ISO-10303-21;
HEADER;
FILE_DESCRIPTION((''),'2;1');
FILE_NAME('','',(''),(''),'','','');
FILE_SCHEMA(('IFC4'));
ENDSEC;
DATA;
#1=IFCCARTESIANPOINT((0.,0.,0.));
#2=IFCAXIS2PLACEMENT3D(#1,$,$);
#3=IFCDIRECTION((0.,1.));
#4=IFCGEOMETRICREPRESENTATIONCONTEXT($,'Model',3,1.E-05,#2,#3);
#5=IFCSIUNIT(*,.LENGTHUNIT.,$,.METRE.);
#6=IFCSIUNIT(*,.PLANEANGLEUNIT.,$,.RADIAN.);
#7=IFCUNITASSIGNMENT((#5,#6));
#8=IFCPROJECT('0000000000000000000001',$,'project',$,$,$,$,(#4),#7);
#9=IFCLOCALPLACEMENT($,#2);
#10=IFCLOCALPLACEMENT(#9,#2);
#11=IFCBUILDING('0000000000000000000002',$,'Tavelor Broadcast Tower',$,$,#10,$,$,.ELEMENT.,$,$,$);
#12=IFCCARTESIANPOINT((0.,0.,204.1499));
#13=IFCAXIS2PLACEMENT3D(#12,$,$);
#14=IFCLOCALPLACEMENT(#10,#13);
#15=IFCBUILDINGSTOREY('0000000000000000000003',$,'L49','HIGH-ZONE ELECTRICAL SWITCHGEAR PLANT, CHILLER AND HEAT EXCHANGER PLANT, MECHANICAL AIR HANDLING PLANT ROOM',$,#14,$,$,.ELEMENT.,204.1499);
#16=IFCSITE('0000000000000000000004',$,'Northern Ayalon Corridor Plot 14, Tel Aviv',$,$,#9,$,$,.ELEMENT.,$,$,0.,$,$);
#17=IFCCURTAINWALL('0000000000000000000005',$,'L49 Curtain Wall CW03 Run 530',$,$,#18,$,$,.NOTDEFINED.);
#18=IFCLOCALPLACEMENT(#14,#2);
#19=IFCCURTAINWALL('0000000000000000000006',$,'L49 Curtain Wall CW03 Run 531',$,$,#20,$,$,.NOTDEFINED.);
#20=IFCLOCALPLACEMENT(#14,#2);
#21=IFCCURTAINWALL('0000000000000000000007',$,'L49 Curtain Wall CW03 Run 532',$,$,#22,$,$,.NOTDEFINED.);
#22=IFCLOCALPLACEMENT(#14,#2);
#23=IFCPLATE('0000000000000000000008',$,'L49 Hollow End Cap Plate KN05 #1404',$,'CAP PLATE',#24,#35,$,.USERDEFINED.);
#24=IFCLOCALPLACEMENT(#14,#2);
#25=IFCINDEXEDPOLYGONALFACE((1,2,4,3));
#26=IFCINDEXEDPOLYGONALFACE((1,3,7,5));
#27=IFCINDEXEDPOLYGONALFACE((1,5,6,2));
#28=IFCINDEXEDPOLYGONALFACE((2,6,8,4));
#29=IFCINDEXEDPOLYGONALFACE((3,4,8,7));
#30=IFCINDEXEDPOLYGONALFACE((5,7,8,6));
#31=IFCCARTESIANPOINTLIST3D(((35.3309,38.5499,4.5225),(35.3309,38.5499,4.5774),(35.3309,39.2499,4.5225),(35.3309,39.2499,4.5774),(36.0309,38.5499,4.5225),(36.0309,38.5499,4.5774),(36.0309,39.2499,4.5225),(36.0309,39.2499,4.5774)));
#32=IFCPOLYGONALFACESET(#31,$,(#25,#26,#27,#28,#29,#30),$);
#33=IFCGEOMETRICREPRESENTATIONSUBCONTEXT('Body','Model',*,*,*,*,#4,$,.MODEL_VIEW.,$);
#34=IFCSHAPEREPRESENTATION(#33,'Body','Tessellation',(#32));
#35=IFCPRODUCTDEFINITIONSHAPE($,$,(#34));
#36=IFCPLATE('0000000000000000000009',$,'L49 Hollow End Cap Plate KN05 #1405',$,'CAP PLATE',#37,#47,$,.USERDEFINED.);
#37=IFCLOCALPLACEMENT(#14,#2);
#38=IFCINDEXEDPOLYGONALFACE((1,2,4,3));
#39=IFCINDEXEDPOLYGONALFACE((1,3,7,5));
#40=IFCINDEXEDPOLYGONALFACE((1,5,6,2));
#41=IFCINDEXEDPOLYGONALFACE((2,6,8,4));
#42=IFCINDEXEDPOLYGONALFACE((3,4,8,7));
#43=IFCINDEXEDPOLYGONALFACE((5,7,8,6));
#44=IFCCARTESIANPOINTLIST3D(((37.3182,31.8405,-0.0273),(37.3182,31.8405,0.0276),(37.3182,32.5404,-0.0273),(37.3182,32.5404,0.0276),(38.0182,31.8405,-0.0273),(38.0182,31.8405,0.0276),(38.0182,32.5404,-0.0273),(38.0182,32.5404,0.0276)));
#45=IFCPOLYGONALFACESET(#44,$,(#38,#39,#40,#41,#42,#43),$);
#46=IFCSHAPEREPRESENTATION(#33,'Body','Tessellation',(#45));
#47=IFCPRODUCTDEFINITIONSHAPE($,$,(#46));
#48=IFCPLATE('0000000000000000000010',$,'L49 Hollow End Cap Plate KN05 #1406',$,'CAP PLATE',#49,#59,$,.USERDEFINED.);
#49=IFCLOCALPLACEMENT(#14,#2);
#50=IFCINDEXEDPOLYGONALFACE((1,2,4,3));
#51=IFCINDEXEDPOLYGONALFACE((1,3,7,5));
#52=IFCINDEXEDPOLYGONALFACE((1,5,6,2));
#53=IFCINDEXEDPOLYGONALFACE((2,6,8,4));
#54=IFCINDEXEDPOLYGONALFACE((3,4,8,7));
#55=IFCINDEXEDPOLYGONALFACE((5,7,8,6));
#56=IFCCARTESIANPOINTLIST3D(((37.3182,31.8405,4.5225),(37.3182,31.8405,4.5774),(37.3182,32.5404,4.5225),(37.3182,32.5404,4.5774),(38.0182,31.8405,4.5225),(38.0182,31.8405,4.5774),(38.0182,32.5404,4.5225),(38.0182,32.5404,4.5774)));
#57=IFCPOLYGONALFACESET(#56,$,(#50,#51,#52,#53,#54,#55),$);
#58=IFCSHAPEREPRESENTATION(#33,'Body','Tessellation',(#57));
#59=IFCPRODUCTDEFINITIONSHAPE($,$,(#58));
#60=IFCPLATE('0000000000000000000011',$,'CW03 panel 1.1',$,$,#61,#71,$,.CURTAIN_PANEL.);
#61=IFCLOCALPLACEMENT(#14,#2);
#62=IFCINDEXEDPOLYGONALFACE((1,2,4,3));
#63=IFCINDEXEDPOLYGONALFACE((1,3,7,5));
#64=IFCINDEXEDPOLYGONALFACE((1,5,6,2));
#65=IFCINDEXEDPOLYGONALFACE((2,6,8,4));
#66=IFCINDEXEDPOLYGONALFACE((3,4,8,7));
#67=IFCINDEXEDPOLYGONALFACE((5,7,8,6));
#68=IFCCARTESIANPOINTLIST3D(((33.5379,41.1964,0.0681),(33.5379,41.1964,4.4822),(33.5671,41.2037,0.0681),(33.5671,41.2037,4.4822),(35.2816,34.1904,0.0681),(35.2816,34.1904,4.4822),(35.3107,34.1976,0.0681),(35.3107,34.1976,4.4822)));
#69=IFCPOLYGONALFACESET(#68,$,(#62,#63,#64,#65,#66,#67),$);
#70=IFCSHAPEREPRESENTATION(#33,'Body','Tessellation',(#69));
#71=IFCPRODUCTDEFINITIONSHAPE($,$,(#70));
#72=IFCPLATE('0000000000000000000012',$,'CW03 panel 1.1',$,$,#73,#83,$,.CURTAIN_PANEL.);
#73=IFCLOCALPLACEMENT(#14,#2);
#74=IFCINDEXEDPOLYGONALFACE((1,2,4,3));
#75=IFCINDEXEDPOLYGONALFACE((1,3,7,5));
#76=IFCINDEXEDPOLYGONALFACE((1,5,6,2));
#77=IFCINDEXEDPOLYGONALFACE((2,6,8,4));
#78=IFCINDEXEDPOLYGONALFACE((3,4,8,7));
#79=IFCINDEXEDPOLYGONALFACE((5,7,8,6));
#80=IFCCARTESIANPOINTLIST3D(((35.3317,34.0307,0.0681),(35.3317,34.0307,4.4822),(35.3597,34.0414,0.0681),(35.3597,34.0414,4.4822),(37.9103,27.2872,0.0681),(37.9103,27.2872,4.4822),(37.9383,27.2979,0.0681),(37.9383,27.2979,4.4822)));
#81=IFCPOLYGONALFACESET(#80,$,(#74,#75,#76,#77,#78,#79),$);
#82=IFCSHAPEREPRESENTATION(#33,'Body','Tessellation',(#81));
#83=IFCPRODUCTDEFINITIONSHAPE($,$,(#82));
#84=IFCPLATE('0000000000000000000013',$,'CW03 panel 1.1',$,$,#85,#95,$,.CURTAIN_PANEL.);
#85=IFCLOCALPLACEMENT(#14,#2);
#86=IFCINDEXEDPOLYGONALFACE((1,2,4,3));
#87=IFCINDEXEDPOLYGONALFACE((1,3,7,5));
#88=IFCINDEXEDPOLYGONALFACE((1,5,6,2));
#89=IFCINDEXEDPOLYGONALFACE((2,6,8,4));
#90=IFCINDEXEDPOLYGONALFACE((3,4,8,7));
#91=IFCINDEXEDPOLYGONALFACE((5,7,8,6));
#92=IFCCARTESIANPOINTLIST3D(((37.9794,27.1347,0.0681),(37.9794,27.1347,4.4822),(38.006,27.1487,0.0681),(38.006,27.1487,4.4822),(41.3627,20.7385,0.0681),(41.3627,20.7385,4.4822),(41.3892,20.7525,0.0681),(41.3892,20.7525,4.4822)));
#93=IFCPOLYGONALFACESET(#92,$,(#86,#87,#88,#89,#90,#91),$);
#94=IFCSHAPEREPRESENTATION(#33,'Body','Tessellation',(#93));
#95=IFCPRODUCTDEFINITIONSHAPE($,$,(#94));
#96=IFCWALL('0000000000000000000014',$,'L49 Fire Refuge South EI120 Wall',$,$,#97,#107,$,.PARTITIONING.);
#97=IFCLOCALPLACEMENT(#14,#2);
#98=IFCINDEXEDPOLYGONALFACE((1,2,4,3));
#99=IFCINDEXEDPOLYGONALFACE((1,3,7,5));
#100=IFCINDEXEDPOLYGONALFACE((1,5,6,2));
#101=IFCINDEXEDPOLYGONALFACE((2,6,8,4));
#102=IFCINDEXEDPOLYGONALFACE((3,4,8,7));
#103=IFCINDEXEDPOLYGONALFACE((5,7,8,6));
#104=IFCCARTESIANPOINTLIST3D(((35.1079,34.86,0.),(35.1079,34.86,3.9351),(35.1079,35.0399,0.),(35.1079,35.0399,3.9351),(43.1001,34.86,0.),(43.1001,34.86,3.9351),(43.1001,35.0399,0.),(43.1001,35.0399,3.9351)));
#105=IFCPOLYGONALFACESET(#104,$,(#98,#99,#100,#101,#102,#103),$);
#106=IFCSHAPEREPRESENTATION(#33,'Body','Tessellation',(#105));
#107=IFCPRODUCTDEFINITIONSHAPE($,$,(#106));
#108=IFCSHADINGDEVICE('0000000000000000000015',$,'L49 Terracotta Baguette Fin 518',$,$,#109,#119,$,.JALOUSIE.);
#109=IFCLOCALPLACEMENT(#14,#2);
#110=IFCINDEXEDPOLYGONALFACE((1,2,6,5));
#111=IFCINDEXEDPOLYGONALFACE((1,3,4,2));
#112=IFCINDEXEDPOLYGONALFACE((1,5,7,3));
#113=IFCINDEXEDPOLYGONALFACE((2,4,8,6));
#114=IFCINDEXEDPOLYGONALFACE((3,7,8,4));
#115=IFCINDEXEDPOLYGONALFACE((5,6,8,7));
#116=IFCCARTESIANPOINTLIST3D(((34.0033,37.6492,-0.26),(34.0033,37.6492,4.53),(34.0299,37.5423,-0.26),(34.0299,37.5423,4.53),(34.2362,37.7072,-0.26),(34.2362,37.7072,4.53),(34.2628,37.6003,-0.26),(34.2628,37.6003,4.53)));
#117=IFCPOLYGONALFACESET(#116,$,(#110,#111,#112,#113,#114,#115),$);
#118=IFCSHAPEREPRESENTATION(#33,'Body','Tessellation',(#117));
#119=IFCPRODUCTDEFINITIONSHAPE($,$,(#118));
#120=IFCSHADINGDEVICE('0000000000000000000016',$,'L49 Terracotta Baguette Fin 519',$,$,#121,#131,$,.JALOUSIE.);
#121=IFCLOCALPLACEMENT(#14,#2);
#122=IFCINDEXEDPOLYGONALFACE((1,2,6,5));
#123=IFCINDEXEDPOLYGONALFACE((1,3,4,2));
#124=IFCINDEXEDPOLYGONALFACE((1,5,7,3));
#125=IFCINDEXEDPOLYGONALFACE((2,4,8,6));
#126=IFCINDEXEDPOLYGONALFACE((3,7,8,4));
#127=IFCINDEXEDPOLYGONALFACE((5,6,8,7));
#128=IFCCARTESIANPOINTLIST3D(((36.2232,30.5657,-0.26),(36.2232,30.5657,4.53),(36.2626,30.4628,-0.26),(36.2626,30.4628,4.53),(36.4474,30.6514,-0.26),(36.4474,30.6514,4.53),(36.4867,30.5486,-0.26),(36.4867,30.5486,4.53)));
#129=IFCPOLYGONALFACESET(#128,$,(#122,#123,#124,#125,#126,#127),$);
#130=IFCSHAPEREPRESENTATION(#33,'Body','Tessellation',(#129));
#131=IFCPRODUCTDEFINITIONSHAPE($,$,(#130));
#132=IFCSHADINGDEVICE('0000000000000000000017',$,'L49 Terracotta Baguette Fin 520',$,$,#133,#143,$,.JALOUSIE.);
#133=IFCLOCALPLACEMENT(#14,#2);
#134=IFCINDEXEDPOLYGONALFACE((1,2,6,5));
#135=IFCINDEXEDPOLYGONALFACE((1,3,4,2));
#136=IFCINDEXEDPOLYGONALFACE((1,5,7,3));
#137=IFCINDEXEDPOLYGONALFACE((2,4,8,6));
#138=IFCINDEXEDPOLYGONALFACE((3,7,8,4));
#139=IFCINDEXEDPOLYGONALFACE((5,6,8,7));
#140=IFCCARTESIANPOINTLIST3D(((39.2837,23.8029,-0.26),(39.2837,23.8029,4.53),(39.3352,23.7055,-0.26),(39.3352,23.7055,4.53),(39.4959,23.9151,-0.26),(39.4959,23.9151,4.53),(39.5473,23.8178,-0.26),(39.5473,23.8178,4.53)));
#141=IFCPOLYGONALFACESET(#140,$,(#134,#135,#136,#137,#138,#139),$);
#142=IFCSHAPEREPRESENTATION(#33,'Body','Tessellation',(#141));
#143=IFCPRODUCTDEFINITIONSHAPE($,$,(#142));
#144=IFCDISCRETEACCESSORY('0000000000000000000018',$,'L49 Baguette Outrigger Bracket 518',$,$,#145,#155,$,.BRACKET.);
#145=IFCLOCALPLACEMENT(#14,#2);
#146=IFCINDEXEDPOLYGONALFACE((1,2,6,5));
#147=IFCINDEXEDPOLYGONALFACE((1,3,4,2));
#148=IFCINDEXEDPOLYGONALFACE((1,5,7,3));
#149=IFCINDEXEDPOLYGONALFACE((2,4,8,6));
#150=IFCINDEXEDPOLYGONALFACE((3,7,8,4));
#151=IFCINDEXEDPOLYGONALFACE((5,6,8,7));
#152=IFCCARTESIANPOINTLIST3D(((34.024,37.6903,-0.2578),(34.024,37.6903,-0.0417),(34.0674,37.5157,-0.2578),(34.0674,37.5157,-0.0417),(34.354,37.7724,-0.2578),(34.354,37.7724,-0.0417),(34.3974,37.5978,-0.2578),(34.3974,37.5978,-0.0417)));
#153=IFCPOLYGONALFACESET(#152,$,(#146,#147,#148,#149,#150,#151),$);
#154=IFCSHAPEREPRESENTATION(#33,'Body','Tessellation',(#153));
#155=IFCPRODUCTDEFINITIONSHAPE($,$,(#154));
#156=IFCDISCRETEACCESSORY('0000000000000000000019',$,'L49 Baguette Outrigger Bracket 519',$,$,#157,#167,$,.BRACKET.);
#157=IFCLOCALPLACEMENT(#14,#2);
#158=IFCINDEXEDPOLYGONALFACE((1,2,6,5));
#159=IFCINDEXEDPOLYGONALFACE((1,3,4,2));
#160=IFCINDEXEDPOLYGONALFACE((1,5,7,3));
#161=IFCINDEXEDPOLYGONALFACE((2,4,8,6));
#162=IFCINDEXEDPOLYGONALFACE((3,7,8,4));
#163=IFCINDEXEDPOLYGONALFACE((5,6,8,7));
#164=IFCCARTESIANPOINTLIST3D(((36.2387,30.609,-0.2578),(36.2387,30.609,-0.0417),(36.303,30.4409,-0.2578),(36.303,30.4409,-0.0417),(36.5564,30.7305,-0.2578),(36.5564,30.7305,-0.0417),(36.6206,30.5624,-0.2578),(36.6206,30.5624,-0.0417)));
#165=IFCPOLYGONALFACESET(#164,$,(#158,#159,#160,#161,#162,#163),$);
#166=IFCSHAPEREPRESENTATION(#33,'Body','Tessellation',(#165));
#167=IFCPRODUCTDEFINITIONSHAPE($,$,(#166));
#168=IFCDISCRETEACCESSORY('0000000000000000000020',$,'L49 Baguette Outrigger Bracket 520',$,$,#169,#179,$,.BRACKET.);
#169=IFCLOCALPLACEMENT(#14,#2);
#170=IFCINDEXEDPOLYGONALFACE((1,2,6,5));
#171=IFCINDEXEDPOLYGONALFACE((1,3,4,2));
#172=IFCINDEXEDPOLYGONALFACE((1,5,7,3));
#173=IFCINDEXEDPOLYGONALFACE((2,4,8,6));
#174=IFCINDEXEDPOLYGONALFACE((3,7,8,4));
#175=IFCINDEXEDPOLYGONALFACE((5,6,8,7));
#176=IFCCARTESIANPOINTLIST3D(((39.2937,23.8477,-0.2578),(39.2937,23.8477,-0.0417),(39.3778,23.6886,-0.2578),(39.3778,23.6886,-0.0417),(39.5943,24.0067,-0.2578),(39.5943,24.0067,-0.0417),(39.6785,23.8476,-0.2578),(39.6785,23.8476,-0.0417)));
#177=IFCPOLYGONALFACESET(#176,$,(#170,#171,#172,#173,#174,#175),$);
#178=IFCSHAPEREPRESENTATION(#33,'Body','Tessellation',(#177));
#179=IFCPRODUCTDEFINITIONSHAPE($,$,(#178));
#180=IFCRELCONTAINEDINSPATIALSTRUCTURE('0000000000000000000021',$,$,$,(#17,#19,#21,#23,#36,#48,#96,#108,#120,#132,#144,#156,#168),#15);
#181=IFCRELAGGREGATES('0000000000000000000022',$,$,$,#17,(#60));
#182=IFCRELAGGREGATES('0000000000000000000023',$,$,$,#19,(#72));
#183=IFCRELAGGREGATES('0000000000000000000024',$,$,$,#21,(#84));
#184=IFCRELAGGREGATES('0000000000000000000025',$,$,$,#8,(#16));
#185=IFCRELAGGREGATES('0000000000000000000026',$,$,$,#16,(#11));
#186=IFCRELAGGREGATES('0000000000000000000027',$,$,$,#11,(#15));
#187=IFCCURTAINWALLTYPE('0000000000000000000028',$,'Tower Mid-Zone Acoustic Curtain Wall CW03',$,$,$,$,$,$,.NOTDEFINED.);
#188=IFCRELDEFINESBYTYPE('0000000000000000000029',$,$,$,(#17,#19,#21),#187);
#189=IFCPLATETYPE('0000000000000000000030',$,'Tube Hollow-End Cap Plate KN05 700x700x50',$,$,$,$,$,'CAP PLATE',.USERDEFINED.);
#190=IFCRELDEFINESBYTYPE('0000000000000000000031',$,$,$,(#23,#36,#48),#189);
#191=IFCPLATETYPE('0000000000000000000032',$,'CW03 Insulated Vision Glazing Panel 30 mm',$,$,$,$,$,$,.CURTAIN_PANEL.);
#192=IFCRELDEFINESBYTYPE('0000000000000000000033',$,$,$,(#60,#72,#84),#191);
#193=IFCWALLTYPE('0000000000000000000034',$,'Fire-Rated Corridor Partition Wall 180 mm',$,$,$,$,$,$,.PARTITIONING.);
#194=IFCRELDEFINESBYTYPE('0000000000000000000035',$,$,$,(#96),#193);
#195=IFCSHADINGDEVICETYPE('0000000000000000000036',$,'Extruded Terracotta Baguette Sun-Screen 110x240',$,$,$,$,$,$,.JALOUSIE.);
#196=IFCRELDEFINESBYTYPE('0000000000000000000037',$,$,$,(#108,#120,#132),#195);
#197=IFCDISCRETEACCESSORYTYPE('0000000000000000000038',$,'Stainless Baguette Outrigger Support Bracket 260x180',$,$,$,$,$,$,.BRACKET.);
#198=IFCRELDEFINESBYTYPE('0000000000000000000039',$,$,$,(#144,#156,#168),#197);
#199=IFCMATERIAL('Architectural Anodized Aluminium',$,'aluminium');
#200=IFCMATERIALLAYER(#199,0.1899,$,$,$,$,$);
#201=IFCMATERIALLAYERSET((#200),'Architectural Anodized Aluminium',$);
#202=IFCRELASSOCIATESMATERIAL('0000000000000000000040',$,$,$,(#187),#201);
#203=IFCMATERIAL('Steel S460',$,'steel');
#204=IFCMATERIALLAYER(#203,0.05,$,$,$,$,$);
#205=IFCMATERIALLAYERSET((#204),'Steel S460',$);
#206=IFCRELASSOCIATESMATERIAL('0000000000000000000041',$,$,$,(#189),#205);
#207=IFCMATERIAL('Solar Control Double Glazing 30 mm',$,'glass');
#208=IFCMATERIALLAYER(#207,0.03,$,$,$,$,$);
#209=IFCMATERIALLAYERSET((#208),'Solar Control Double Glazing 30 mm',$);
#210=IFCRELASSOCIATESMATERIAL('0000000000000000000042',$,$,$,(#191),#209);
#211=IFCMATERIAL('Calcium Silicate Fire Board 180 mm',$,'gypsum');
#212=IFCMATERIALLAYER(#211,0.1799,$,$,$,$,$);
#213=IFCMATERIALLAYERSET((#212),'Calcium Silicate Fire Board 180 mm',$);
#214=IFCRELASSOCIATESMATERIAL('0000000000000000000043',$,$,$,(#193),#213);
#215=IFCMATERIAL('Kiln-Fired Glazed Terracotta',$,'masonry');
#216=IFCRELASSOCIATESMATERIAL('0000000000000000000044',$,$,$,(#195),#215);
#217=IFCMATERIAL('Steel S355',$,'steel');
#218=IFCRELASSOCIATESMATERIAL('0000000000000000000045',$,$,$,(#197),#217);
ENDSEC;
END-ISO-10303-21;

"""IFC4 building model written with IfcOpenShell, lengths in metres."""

from ifc_helpers import new_model, si_unit, direction, frame, frame_2d, origin, origin_2d, place, context, subcontext, project, spatial, rectangle, extrude, source, transform, mapped, material, layer, layer_set, type_object, type_shapes, element, aggregate, save


model = new_model("IFC4")

# Units and contexts
model_context = context("Model", 3, precision=1e-05, world=origin(), true_north=direction((0.0, 1.0)))
body_context = subcontext(model_context, "Body", "Model", "MODEL_VIEW")
ifc_project = project(units=[si_unit("LENGTHUNIT", "METRE"), si_unit("PLANEANGLEUNIT", "RADIAN")], contexts=[model_context])

# Site, building, storey
site_placement = place(None, origin())
site = spatial("IfcSite", under=ifc_project, at=site_placement, Name="Northern Ayalon Corridor Plot 14, Tel Aviv", CompositionType="ELEMENT", RefElevation=0.0)
building_placement = place(site_placement, origin())
building = spatial("IfcBuilding", under=site, at=building_placement, Name="Tavelor Broadcast Tower", CompositionType="ELEMENT")
storey_placement = place(building_placement, frame((0.0, 0.0, 204.1499)))
storey = spatial("IfcBuildingStorey", under=building, at=storey_placement, Name="L49", Description="HIGH-ZONE ELECTRICAL SWITCHGEAR PLANT, CHILLER AND HEAT EXCHANGER PLANT, MECHANICAL AIR HANDLING PLANT ROOM", CompositionType="ELEMENT", Elevation=204.1499)

# Shared definitions
ifc_material_1 = material(Name="Steel S460", Category="steel")

# Shared definitions
ifc_material_2 = material(Name="Steel S355", Category="steel")

# Shared definitions
ifc_material_3 = material(Name="Architectural Anodized Aluminium", Category="aluminium")
ifc_layer_1 = layer(ifc_material_3, 0.1899)
ifc_layer_set_1 = layer_set([ifc_layer_1], Name="Architectural Anodized Aluminium")
curtain_wall_type = type_object("IfcCurtainWallType", Name="Tower Mid-Zone Acoustic Curtain Wall CW03", PredefinedType="NOTDEFINED", material=ifc_layer_set_1)

# Curtain walls
curtain_wall_1_placement = place(storey_placement, origin())
curtain_wall_1 = element("IfcCurtainWall", 1, at=curtain_wall_1_placement, inside=storey, type_object=curtain_wall_type, Name="L49 Curtain Wall CW03 Run 530", PredefinedType="NOTDEFINED")
curtain_wall_2_placement = place(storey_placement, origin())
curtain_wall_2 = element("IfcCurtainWall", 2, at=curtain_wall_2_placement, inside=storey, type_object=curtain_wall_type, Name="L49 Curtain Wall CW03 Run 531", PredefinedType="NOTDEFINED")

# Curtain wall
curtain_wall_3_placement = place(storey_placement, origin())
curtain_wall_3 = element("IfcCurtainWall", 3, at=curtain_wall_3_placement, inside=storey, type_object=curtain_wall_type, Name="L49 Curtain Wall CW03 Run 532", PredefinedType="NOTDEFINED")

# Plates
ifc_layer_2 = layer(ifc_material_1, 0.05)
ifc_layer_set_2 = layer_set([ifc_layer_2], Name="Steel S460")
plate_type_1 = type_object("IfcPlateType", Name="Tube Hollow-End Cap Plate KN05 700x700x50", ElementType="CAP PLATE", PredefinedType="USERDEFINED", material=ifc_layer_set_2)
shared_shape_1 = source(origin(), body_context, "Body", "SweptSolid", [
    extrude(rectangle(XDim=0.7, YDim=0.7, at=origin_2d()), origin(), (0.0, 0.0, 1.0), 0.0549),
])
type_shapes(plate_type_1, [shared_shape_1])
for number, where, z_axis, x_axis, name in (
    (4, (35.6809, 38.8999, 4.5225), (0.0, 0.0, 1.0), (1.0, 0.0, 0.0), "L49 Hollow End Cap Plate KN05 #1404"),
    (5, (37.6682, 32.1904, -0.0273), (0.0, 0.0, 1.0), (1.0, 0.0, 0.0), "L49 Hollow End Cap Plate KN05 #1405"),
    (6, (37.6682, 32.1904, 4.5225), (0.0, 0.0, 1.0), (1.0, 0.0, 0.0), "L49 Hollow End Cap Plate KN05 #1406"),
):
    element("IfcPlate", number, at=place(storey_placement, frame(where, z_axis=z_axis, x_axis=x_axis)), inside=storey, type_object=plate_type_1, Name=name, ObjectType="CAP PLATE", PredefinedType="USERDEFINED", context=body_context, shape_type="MappedRepresentation", body=[
        mapped(shared_shape_1, transform((0.0, 0.0, 0.0), scale=1.0)),
    ])

# Plates
ifc_material_4 = material(Name="Solar Control Double Glazing 30 mm", Category="glass")
ifc_layer_3 = layer(ifc_material_4, 0.03)
ifc_layer_set_3 = layer_set([ifc_layer_3], Name="Solar Control Double Glazing 30 mm")
plate_type_2 = type_object("IfcPlateType", Name="CW03 Insulated Vision Glazing Panel 30 mm", PredefinedType="CURTAIN_PANEL", material=ifc_layer_set_3)
shared_shape_2 = source(origin(), body_context, "Body", "SweptSolid", [
    extrude(rectangle(XDim=7.2197, YDim=0.03, at=origin_2d()), origin(), (0.0, 0.0, 1.0), 4.4141),
])
plate_1_placement = place(storey_placement, frame((34.4243, 37.697, 0.0681), z_axis=(0.0, 0.0, 1.0), x_axis=(0.241512, -0.970398, 0.0)))
plate_1 = element("IfcPlate", 7, at=plate_1_placement, type_object=plate_type_2, Name="CW03 panel 1.1", PredefinedType="CURTAIN_PANEL", context=body_context, shape_type="MappedRepresentation", body=[
    mapped(shared_shape_2, transform((0.0, 0.0, 0.0), scale=1.0)),
])
aggregate(curtain_wall_1, [plate_1])
plate_2_placement = place(storey_placement, frame((36.635, 30.6643, 0.0681), z_axis=(0.0, 0.0, 1.0), x_axis=(0.357162, -0.934042, 0.0)))
plate_2 = element("IfcPlate", 8, at=plate_2_placement, type_object=plate_type_2, Name="CW03 panel 1.1", PredefinedType="CURTAIN_PANEL", context=body_context, shape_type="MappedRepresentation", body=[
    mapped(shared_shape_2, transform((0.0, 0.0, 0.0), scale=1.0)),
])
aggregate(curtain_wall_2, [plate_2])
shared_shape_3 = source(origin(), body_context, "Body", "SweptSolid", [
    extrude(rectangle(XDim=7.2358, YDim=0.03, at=origin_2d()), origin(), (0.0, 0.0, 1.0), 4.4141),
])
type_shapes(plate_type_2, [shared_shape_2, shared_shape_3])
plate_3_placement = place(storey_placement, frame((39.6843, 23.9436, 0.0681), z_axis=(0.0, 0.0, 1.0), x_axis=(0.467564, -0.883959, 0.0)))
plate_3 = element("IfcPlate", 9, at=plate_3_placement, type_object=plate_type_2, Name="CW03 panel 1.1", PredefinedType="CURTAIN_PANEL", context=body_context, shape_type="MappedRepresentation", body=[
    mapped(shared_shape_3, transform((0.0, 0.0, 0.0), scale=1.0)),
])
aggregate(curtain_wall_3, [plate_3])

# Wall
ifc_material_5 = material(Name="Calcium Silicate Fire Board 180 mm", Category="gypsum")
ifc_layer_4 = layer(ifc_material_5, 0.1799)
ifc_layer_set_4 = layer_set([ifc_layer_4], Name="Calcium Silicate Fire Board 180 mm")
wall_type = type_object("IfcWallType", Name="Fire-Rated Corridor Partition Wall 180 mm", PredefinedType="PARTITIONING", material=ifc_layer_set_4)
wall_placement = place(storey_placement, frame((35.1079, 34.95, 0.0), z_axis=(0.0, 0.0, 1.0), x_axis=(1.0, 0.0, 0.0)))
element("IfcWall", 10, at=wall_placement, inside=storey, type_object=wall_type, Name="L49 Fire Refuge South EI120 Wall", PredefinedType="PARTITIONING", context=body_context, shape_type="SweptSolid", body=[
    extrude(rectangle(XDim=7.9922, YDim=0.1799, at=frame_2d((3.9961, 0.0))), origin(), (0.0, 0.0, 1.0), 3.9351),
])

# Shading devices
ifc_material_6 = material(Name="Kiln-Fired Glazed Terracotta", Category="masonry")
shading_device_type = type_object("IfcShadingDeviceType", Name="Extruded Terracotta Baguette Sun-Screen 110x240", PredefinedType="JALOUSIE", material=ifc_material_6)
shared_shape_4 = source(origin(), body_context, "Body", "SweptSolid", [
    extrude(rectangle(XDim=0.1101, YDim=0.24, at=origin_2d()), origin(), (0.0, 0.0, 1.0), 4.79),
])
type_shapes(shading_device_type, [shared_shape_4])
for number, where, z_axis, x_axis, name in (
    (11, (34.1331, 37.6248, -0.26), (0.0, 0.0, 1.0), (0.241583, -0.97038, 0.0), "L49 Terracotta Baguette Fin 518"),
    (12, (36.355, 30.5571, -0.26), (0.0, 0.0, 1.0), (0.357227, -0.934018, 0.0), "L49 Terracotta Baguette Fin 519"),
    (13, (39.4155, 23.8103, -0.26), (0.0, 0.0, 1.0), (0.467621, -0.883929, 0.0), "L49 Terracotta Baguette Fin 520"),
):
    element("IfcShadingDevice", number, at=place(storey_placement, frame(where, z_axis=z_axis, x_axis=x_axis)), inside=storey, type_object=shading_device_type, Name=name, PredefinedType="JALOUSIE", context=body_context, shape_type="MappedRepresentation", body=[
        mapped(shared_shape_4, transform((0.0, 0.0, 0.0), scale=1.0)),
    ])

# Discrete accessories
discrete_accessory_type = type_object("IfcDiscreteAccessoryType", Name="Stainless Baguette Outrigger Support Bracket 260x180", PredefinedType="BRACKET", material=ifc_material_2)
shared_shape_5 = source(origin(), body_context, "Body", "SweptSolid", [
    extrude(rectangle(XDim=0.1799, YDim=0.3401, at=origin_2d()), origin(), (0.0, 0.0, 1.0), 0.2161),
])
type_shapes(discrete_accessory_type, [shared_shape_5])
for number, where, z_axis, x_axis, name in (
    (14, (34.2107, 37.644, -0.2578), (0.0, 0.0, 1.0), (0.241583, -0.97038, 0.0), "L49 Baguette Outrigger Bracket 518"),
    (15, (36.4297, 30.5857, -0.2578), (0.0, 0.0, 1.0), (0.357227, -0.934018, 0.0), "L49 Baguette Outrigger Bracket 519"),
    (16, (39.4861, 23.8477, -0.2578), (0.0, 0.0, 1.0), (0.467621, -0.883929, 0.0), "L49 Baguette Outrigger Bracket 520"),
):
    element("IfcDiscreteAccessory", number, at=place(storey_placement, frame(where, z_axis=z_axis, x_axis=x_axis)), inside=storey, type_object=discrete_accessory_type, Name=name, PredefinedType="BRACKET", context=body_context, shape_type="MappedRepresentation", body=[
        mapped(shared_shape_5, transform((0.0, 0.0, 0.0), scale=1.0)),
    ])

save(model, "model.ifc")
